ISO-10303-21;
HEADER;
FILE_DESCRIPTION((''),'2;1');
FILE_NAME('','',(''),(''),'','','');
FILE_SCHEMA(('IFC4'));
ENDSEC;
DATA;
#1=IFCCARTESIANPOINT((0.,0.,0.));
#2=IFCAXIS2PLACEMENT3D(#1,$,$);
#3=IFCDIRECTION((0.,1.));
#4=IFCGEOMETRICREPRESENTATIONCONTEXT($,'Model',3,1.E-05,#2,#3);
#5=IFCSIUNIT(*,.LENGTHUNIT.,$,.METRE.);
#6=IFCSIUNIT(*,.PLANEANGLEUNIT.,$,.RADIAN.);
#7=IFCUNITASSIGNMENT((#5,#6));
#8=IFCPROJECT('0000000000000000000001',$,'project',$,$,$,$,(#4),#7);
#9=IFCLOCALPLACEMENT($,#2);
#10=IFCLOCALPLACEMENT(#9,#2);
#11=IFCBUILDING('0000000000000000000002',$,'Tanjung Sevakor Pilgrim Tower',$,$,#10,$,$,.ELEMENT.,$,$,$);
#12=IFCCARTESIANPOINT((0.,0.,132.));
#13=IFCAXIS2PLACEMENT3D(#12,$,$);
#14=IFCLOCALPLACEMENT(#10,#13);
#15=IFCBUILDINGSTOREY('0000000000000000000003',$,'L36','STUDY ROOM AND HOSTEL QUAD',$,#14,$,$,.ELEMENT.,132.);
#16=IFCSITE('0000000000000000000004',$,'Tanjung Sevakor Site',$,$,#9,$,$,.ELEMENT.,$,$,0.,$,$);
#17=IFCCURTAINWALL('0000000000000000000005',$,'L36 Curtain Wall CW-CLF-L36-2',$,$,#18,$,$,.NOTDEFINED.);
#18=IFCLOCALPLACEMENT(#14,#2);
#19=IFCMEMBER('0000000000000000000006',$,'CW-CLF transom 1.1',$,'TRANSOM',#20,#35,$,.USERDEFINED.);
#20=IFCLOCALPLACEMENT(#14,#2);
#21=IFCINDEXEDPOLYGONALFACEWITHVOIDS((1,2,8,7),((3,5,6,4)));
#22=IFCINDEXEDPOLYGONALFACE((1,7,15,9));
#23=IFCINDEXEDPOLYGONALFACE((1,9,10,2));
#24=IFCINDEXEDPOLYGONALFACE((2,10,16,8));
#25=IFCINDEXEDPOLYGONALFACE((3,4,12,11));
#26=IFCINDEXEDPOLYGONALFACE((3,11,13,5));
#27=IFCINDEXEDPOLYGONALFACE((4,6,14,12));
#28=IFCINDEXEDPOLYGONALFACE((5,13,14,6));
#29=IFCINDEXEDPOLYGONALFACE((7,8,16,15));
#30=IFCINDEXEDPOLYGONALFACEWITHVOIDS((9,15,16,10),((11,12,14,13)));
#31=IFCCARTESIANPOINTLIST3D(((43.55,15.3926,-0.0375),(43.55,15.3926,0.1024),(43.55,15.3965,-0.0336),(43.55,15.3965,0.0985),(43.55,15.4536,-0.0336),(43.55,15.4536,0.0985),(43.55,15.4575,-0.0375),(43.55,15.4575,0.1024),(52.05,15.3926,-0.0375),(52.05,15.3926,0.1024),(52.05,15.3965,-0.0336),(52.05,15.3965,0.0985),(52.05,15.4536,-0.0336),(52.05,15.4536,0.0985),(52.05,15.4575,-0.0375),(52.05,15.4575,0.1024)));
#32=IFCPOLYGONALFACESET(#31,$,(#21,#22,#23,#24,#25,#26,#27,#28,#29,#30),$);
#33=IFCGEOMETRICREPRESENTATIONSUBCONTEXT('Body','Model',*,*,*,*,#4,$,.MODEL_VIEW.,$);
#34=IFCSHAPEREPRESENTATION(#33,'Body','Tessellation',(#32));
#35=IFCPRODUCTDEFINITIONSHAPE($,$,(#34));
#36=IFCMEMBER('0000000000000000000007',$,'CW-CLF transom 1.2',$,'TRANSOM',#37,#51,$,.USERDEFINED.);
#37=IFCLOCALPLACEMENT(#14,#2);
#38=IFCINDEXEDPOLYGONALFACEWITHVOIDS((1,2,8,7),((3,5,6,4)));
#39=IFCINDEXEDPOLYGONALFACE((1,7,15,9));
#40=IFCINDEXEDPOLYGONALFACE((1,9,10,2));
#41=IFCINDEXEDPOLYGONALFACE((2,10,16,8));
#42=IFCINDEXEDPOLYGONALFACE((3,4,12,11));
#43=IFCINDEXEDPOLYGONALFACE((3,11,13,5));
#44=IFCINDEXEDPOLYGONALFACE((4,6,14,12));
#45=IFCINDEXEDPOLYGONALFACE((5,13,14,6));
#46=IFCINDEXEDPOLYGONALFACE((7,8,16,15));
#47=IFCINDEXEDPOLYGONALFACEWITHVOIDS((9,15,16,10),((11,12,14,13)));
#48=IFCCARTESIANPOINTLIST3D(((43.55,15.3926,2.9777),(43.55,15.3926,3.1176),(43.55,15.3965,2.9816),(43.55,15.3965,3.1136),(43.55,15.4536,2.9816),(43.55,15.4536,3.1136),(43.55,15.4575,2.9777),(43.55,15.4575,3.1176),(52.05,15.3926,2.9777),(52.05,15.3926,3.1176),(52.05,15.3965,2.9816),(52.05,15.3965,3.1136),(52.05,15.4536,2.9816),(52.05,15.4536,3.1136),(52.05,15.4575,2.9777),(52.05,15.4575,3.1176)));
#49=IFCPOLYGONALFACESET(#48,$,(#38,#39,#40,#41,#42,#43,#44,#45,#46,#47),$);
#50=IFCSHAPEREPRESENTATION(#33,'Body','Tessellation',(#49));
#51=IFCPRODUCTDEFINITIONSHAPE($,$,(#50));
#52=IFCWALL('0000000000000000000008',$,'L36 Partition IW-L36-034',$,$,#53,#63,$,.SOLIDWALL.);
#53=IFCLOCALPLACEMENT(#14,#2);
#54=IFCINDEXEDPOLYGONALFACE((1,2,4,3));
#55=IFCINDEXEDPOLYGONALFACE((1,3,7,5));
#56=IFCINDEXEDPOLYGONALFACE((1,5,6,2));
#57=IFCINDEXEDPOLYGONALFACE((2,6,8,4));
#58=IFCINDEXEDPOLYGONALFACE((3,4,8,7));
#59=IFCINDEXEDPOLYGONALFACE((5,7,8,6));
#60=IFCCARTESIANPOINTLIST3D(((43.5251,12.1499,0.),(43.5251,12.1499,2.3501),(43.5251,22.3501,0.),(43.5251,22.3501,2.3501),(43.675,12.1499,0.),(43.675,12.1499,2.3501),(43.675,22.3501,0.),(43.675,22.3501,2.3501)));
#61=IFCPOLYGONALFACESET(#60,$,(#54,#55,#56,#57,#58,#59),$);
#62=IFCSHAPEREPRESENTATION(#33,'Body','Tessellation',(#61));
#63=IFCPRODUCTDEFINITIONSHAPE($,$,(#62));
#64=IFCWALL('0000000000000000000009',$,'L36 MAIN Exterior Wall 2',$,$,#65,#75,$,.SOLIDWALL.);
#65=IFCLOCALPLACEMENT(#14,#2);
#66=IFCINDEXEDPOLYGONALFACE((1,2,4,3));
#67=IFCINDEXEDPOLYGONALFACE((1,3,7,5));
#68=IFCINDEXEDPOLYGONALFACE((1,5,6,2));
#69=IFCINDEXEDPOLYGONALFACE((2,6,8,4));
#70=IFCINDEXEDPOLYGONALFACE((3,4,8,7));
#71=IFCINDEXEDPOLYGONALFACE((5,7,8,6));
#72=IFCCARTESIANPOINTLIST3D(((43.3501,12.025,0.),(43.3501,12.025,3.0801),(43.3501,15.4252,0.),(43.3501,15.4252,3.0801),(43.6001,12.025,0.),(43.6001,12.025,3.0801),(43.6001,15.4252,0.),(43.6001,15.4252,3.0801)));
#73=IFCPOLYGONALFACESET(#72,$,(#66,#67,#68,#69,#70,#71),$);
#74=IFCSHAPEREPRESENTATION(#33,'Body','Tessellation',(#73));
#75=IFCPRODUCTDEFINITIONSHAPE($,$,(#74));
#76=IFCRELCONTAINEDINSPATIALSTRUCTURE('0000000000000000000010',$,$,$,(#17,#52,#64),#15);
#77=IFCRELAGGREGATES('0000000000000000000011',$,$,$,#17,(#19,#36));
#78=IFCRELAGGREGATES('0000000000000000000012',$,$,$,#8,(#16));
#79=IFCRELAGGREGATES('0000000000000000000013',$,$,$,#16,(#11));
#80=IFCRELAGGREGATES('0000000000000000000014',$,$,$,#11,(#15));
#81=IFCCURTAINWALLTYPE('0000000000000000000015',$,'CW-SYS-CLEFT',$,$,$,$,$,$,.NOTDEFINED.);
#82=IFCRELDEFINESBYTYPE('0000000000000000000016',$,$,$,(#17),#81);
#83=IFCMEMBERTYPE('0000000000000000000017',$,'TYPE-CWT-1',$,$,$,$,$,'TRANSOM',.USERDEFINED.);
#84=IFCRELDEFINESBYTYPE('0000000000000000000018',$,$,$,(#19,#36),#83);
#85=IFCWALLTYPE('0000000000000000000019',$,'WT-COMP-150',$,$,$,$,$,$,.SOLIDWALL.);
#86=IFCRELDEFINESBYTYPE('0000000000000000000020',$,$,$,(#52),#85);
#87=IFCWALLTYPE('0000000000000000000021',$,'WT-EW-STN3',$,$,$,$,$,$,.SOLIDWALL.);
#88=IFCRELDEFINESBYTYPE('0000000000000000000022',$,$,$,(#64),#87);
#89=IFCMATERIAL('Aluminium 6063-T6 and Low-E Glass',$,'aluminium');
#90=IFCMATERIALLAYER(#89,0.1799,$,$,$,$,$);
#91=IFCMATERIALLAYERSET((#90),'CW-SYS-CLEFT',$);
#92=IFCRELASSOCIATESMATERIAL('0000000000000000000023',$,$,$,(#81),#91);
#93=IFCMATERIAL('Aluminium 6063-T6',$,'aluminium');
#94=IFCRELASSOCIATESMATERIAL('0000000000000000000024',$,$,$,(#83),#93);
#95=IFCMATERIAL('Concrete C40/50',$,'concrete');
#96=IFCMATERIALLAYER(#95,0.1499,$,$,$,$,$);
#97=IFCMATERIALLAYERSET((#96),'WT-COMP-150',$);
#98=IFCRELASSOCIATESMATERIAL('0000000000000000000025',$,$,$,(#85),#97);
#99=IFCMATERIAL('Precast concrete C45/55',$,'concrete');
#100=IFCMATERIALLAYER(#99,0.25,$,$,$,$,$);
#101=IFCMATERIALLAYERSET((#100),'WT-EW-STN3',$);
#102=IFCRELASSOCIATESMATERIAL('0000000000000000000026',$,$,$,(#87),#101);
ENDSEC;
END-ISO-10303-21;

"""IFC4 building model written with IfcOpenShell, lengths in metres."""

from ifc_helpers import new_model, si_unit, direction, frame, frame_2d, origin, origin_2d, place, context, subcontext, project, spatial, rectangle, hollow_rectangle, extrude, material, layer, layer_set, material_profile, profile_set, type_object, element, aggregate, save


model = new_model("IFC4")

# Units and contexts
model_context = context("Model", 3, precision=1e-05, world=origin(), true_north=direction((0.0, 1.0)))
body_context = subcontext(model_context, "Body", "Model", "MODEL_VIEW")
ifc_project = project(units=[si_unit("LENGTHUNIT", "METRE"), si_unit("PLANEANGLEUNIT", "RADIAN")], contexts=[model_context])

# Site, building, storey
site_placement = place(None, origin())
site = spatial("IfcSite", under=ifc_project, at=site_placement, Name="Tanjung Sevakor Site", CompositionType="ELEMENT", RefElevation=0.0)
building_placement = place(site_placement, origin())
building = spatial("IfcBuilding", under=site, at=building_placement, Name="Tanjung Sevakor Pilgrim Tower", CompositionType="ELEMENT")
storey_placement = place(building_placement, frame((0.0, 0.0, 132.0)))
storey = spatial("IfcBuildingStorey", under=building, at=storey_placement, Name="L36", Description="STUDY ROOM AND HOSTEL QUAD", CompositionType="ELEMENT", Elevation=132.0)

# Curtain wall, members
ifc_material_1 = material(Name="Aluminium 6063-T6 and Low-E Glass", Category="aluminium")
ifc_layer_1 = layer(ifc_material_1, 0.1799)
ifc_layer_set_1 = layer_set([ifc_layer_1], Name="CW-SYS-CLEFT")
curtain_wall_type = type_object("IfcCurtainWallType", Name="CW-SYS-CLEFT", PredefinedType="NOTDEFINED", material=ifc_layer_set_1)
curtain_wall_placement = place(storey_placement, origin())
curtain_wall = element("IfcCurtainWall", 1, at=curtain_wall_placement, inside=storey, type_object=curtain_wall_type, Name="L36 Curtain Wall CW-CLF-L36-2", PredefinedType="NOTDEFINED")
ifc_material_2 = material(Name="Aluminium 6063-T6", Category="aluminium")
ifc_material_profile_1 = material_profile(ifc_material_2, hollow_rectangle(XDim=0.0649, YDim=0.1399, WallThickness=0.0039, at=origin_2d()))
ifc_profile_set_1 = profile_set([ifc_material_profile_1], Name="Aluminium 6063-T6")
member_type_1 = type_object("IfcMemberType", Name="TYPE-CWT-1", ElementType="TRANSOM", PredefinedType="USERDEFINED", material=ifc_profile_set_1)
member_1_placement = place(storey_placement, frame((43.55, 15.425, 0.0325), z_axis=(1.0, 0.0, 0.0), x_axis=(0.0, 1.0, 0.0)))
member_1 = element("IfcMember", 2, at=member_1_placement, type_object=member_type_1, Name="CW-CLF transom 1.1", ObjectType="TRANSOM", PredefinedType="USERDEFINED", context=body_context, shape_type="SweptSolid", body=[
    extrude(hollow_rectangle(XDim=0.0649, YDim=0.1399, WallThickness=0.0039, at=origin_2d()), origin(), (0.0, 0.0, 1.0), 8.5),
])
member_2_placement = place(storey_placement, frame((43.55, 15.425, 3.0476), z_axis=(1.0, 0.0, 0.0), x_axis=(0.0, 1.0, 0.0)))
member_2 = element("IfcMember", 3, at=member_2_placement, type_object=member_type_1, Name="CW-CLF transom 1.2", ObjectType="TRANSOM", PredefinedType="USERDEFINED", context=body_context, shape_type="SweptSolid", body=[
    extrude(hollow_rectangle(XDim=0.0649, YDim=0.1399, WallThickness=0.0039, at=origin_2d()), origin(), (0.0, 0.0, 1.0), 8.5),
])
aggregate(curtain_wall, [member_1, member_2])

# Wall
ifc_material_3 = material(Name="Concrete C40/50", Category="concrete")
ifc_layer_2 = layer(ifc_material_3, 0.1499)
ifc_layer_set_2 = layer_set([ifc_layer_2], Name="WT-COMP-150")
wall_type_1 = type_object("IfcWallType", Name="WT-COMP-150", PredefinedType="SOLIDWALL", material=ifc_layer_set_2)
wall_1_placement = place(storey_placement, frame((43.6001, 12.1499, 0.0), z_axis=(0.0, 0.0, 1.0), x_axis=(0.0, 1.0, 0.0)))
element("IfcWall", 4, at=wall_1_placement, inside=storey, type_object=wall_type_1, Name="L36 Partition IW-L36-034", PredefinedType="SOLIDWALL", context=body_context, shape_type="SweptSolid", body=[
    extrude(rectangle(XDim=10.2002, YDim=0.1499, at=frame_2d((5.1001, 0.0))), origin(), (0.0, 0.0, 1.0), 2.3501),
])

# Wall
ifc_material_4 = material(Name="Precast concrete C45/55", Category="concrete")
ifc_layer_3 = layer(ifc_material_4, 0.25)
ifc_layer_set_3 = layer_set([ifc_layer_3], Name="WT-EW-STN3")
wall_type_2 = type_object("IfcWallType", Name="WT-EW-STN3", PredefinedType="SOLIDWALL", material=ifc_layer_set_3)
wall_2_placement = place(storey_placement, frame((43.4751, 12.0249, 0.0), z_axis=(0.0, 0.0, 1.0), x_axis=(0.0, 1.0, 0.0)))
element("IfcWall", 5, at=wall_2_placement, inside=storey, type_object=wall_type_2, Name="L36 MAIN Exterior Wall 2", PredefinedType="SOLIDWALL", context=body_context, shape_type="SweptSolid", body=[
    extrude(rectangle(XDim=3.4001, YDim=0.25, at=frame_2d((1.7002, 0.0))), origin(), (0.0, 0.0, 1.0), 3.0801),
])

save(model, "model.ifc")
